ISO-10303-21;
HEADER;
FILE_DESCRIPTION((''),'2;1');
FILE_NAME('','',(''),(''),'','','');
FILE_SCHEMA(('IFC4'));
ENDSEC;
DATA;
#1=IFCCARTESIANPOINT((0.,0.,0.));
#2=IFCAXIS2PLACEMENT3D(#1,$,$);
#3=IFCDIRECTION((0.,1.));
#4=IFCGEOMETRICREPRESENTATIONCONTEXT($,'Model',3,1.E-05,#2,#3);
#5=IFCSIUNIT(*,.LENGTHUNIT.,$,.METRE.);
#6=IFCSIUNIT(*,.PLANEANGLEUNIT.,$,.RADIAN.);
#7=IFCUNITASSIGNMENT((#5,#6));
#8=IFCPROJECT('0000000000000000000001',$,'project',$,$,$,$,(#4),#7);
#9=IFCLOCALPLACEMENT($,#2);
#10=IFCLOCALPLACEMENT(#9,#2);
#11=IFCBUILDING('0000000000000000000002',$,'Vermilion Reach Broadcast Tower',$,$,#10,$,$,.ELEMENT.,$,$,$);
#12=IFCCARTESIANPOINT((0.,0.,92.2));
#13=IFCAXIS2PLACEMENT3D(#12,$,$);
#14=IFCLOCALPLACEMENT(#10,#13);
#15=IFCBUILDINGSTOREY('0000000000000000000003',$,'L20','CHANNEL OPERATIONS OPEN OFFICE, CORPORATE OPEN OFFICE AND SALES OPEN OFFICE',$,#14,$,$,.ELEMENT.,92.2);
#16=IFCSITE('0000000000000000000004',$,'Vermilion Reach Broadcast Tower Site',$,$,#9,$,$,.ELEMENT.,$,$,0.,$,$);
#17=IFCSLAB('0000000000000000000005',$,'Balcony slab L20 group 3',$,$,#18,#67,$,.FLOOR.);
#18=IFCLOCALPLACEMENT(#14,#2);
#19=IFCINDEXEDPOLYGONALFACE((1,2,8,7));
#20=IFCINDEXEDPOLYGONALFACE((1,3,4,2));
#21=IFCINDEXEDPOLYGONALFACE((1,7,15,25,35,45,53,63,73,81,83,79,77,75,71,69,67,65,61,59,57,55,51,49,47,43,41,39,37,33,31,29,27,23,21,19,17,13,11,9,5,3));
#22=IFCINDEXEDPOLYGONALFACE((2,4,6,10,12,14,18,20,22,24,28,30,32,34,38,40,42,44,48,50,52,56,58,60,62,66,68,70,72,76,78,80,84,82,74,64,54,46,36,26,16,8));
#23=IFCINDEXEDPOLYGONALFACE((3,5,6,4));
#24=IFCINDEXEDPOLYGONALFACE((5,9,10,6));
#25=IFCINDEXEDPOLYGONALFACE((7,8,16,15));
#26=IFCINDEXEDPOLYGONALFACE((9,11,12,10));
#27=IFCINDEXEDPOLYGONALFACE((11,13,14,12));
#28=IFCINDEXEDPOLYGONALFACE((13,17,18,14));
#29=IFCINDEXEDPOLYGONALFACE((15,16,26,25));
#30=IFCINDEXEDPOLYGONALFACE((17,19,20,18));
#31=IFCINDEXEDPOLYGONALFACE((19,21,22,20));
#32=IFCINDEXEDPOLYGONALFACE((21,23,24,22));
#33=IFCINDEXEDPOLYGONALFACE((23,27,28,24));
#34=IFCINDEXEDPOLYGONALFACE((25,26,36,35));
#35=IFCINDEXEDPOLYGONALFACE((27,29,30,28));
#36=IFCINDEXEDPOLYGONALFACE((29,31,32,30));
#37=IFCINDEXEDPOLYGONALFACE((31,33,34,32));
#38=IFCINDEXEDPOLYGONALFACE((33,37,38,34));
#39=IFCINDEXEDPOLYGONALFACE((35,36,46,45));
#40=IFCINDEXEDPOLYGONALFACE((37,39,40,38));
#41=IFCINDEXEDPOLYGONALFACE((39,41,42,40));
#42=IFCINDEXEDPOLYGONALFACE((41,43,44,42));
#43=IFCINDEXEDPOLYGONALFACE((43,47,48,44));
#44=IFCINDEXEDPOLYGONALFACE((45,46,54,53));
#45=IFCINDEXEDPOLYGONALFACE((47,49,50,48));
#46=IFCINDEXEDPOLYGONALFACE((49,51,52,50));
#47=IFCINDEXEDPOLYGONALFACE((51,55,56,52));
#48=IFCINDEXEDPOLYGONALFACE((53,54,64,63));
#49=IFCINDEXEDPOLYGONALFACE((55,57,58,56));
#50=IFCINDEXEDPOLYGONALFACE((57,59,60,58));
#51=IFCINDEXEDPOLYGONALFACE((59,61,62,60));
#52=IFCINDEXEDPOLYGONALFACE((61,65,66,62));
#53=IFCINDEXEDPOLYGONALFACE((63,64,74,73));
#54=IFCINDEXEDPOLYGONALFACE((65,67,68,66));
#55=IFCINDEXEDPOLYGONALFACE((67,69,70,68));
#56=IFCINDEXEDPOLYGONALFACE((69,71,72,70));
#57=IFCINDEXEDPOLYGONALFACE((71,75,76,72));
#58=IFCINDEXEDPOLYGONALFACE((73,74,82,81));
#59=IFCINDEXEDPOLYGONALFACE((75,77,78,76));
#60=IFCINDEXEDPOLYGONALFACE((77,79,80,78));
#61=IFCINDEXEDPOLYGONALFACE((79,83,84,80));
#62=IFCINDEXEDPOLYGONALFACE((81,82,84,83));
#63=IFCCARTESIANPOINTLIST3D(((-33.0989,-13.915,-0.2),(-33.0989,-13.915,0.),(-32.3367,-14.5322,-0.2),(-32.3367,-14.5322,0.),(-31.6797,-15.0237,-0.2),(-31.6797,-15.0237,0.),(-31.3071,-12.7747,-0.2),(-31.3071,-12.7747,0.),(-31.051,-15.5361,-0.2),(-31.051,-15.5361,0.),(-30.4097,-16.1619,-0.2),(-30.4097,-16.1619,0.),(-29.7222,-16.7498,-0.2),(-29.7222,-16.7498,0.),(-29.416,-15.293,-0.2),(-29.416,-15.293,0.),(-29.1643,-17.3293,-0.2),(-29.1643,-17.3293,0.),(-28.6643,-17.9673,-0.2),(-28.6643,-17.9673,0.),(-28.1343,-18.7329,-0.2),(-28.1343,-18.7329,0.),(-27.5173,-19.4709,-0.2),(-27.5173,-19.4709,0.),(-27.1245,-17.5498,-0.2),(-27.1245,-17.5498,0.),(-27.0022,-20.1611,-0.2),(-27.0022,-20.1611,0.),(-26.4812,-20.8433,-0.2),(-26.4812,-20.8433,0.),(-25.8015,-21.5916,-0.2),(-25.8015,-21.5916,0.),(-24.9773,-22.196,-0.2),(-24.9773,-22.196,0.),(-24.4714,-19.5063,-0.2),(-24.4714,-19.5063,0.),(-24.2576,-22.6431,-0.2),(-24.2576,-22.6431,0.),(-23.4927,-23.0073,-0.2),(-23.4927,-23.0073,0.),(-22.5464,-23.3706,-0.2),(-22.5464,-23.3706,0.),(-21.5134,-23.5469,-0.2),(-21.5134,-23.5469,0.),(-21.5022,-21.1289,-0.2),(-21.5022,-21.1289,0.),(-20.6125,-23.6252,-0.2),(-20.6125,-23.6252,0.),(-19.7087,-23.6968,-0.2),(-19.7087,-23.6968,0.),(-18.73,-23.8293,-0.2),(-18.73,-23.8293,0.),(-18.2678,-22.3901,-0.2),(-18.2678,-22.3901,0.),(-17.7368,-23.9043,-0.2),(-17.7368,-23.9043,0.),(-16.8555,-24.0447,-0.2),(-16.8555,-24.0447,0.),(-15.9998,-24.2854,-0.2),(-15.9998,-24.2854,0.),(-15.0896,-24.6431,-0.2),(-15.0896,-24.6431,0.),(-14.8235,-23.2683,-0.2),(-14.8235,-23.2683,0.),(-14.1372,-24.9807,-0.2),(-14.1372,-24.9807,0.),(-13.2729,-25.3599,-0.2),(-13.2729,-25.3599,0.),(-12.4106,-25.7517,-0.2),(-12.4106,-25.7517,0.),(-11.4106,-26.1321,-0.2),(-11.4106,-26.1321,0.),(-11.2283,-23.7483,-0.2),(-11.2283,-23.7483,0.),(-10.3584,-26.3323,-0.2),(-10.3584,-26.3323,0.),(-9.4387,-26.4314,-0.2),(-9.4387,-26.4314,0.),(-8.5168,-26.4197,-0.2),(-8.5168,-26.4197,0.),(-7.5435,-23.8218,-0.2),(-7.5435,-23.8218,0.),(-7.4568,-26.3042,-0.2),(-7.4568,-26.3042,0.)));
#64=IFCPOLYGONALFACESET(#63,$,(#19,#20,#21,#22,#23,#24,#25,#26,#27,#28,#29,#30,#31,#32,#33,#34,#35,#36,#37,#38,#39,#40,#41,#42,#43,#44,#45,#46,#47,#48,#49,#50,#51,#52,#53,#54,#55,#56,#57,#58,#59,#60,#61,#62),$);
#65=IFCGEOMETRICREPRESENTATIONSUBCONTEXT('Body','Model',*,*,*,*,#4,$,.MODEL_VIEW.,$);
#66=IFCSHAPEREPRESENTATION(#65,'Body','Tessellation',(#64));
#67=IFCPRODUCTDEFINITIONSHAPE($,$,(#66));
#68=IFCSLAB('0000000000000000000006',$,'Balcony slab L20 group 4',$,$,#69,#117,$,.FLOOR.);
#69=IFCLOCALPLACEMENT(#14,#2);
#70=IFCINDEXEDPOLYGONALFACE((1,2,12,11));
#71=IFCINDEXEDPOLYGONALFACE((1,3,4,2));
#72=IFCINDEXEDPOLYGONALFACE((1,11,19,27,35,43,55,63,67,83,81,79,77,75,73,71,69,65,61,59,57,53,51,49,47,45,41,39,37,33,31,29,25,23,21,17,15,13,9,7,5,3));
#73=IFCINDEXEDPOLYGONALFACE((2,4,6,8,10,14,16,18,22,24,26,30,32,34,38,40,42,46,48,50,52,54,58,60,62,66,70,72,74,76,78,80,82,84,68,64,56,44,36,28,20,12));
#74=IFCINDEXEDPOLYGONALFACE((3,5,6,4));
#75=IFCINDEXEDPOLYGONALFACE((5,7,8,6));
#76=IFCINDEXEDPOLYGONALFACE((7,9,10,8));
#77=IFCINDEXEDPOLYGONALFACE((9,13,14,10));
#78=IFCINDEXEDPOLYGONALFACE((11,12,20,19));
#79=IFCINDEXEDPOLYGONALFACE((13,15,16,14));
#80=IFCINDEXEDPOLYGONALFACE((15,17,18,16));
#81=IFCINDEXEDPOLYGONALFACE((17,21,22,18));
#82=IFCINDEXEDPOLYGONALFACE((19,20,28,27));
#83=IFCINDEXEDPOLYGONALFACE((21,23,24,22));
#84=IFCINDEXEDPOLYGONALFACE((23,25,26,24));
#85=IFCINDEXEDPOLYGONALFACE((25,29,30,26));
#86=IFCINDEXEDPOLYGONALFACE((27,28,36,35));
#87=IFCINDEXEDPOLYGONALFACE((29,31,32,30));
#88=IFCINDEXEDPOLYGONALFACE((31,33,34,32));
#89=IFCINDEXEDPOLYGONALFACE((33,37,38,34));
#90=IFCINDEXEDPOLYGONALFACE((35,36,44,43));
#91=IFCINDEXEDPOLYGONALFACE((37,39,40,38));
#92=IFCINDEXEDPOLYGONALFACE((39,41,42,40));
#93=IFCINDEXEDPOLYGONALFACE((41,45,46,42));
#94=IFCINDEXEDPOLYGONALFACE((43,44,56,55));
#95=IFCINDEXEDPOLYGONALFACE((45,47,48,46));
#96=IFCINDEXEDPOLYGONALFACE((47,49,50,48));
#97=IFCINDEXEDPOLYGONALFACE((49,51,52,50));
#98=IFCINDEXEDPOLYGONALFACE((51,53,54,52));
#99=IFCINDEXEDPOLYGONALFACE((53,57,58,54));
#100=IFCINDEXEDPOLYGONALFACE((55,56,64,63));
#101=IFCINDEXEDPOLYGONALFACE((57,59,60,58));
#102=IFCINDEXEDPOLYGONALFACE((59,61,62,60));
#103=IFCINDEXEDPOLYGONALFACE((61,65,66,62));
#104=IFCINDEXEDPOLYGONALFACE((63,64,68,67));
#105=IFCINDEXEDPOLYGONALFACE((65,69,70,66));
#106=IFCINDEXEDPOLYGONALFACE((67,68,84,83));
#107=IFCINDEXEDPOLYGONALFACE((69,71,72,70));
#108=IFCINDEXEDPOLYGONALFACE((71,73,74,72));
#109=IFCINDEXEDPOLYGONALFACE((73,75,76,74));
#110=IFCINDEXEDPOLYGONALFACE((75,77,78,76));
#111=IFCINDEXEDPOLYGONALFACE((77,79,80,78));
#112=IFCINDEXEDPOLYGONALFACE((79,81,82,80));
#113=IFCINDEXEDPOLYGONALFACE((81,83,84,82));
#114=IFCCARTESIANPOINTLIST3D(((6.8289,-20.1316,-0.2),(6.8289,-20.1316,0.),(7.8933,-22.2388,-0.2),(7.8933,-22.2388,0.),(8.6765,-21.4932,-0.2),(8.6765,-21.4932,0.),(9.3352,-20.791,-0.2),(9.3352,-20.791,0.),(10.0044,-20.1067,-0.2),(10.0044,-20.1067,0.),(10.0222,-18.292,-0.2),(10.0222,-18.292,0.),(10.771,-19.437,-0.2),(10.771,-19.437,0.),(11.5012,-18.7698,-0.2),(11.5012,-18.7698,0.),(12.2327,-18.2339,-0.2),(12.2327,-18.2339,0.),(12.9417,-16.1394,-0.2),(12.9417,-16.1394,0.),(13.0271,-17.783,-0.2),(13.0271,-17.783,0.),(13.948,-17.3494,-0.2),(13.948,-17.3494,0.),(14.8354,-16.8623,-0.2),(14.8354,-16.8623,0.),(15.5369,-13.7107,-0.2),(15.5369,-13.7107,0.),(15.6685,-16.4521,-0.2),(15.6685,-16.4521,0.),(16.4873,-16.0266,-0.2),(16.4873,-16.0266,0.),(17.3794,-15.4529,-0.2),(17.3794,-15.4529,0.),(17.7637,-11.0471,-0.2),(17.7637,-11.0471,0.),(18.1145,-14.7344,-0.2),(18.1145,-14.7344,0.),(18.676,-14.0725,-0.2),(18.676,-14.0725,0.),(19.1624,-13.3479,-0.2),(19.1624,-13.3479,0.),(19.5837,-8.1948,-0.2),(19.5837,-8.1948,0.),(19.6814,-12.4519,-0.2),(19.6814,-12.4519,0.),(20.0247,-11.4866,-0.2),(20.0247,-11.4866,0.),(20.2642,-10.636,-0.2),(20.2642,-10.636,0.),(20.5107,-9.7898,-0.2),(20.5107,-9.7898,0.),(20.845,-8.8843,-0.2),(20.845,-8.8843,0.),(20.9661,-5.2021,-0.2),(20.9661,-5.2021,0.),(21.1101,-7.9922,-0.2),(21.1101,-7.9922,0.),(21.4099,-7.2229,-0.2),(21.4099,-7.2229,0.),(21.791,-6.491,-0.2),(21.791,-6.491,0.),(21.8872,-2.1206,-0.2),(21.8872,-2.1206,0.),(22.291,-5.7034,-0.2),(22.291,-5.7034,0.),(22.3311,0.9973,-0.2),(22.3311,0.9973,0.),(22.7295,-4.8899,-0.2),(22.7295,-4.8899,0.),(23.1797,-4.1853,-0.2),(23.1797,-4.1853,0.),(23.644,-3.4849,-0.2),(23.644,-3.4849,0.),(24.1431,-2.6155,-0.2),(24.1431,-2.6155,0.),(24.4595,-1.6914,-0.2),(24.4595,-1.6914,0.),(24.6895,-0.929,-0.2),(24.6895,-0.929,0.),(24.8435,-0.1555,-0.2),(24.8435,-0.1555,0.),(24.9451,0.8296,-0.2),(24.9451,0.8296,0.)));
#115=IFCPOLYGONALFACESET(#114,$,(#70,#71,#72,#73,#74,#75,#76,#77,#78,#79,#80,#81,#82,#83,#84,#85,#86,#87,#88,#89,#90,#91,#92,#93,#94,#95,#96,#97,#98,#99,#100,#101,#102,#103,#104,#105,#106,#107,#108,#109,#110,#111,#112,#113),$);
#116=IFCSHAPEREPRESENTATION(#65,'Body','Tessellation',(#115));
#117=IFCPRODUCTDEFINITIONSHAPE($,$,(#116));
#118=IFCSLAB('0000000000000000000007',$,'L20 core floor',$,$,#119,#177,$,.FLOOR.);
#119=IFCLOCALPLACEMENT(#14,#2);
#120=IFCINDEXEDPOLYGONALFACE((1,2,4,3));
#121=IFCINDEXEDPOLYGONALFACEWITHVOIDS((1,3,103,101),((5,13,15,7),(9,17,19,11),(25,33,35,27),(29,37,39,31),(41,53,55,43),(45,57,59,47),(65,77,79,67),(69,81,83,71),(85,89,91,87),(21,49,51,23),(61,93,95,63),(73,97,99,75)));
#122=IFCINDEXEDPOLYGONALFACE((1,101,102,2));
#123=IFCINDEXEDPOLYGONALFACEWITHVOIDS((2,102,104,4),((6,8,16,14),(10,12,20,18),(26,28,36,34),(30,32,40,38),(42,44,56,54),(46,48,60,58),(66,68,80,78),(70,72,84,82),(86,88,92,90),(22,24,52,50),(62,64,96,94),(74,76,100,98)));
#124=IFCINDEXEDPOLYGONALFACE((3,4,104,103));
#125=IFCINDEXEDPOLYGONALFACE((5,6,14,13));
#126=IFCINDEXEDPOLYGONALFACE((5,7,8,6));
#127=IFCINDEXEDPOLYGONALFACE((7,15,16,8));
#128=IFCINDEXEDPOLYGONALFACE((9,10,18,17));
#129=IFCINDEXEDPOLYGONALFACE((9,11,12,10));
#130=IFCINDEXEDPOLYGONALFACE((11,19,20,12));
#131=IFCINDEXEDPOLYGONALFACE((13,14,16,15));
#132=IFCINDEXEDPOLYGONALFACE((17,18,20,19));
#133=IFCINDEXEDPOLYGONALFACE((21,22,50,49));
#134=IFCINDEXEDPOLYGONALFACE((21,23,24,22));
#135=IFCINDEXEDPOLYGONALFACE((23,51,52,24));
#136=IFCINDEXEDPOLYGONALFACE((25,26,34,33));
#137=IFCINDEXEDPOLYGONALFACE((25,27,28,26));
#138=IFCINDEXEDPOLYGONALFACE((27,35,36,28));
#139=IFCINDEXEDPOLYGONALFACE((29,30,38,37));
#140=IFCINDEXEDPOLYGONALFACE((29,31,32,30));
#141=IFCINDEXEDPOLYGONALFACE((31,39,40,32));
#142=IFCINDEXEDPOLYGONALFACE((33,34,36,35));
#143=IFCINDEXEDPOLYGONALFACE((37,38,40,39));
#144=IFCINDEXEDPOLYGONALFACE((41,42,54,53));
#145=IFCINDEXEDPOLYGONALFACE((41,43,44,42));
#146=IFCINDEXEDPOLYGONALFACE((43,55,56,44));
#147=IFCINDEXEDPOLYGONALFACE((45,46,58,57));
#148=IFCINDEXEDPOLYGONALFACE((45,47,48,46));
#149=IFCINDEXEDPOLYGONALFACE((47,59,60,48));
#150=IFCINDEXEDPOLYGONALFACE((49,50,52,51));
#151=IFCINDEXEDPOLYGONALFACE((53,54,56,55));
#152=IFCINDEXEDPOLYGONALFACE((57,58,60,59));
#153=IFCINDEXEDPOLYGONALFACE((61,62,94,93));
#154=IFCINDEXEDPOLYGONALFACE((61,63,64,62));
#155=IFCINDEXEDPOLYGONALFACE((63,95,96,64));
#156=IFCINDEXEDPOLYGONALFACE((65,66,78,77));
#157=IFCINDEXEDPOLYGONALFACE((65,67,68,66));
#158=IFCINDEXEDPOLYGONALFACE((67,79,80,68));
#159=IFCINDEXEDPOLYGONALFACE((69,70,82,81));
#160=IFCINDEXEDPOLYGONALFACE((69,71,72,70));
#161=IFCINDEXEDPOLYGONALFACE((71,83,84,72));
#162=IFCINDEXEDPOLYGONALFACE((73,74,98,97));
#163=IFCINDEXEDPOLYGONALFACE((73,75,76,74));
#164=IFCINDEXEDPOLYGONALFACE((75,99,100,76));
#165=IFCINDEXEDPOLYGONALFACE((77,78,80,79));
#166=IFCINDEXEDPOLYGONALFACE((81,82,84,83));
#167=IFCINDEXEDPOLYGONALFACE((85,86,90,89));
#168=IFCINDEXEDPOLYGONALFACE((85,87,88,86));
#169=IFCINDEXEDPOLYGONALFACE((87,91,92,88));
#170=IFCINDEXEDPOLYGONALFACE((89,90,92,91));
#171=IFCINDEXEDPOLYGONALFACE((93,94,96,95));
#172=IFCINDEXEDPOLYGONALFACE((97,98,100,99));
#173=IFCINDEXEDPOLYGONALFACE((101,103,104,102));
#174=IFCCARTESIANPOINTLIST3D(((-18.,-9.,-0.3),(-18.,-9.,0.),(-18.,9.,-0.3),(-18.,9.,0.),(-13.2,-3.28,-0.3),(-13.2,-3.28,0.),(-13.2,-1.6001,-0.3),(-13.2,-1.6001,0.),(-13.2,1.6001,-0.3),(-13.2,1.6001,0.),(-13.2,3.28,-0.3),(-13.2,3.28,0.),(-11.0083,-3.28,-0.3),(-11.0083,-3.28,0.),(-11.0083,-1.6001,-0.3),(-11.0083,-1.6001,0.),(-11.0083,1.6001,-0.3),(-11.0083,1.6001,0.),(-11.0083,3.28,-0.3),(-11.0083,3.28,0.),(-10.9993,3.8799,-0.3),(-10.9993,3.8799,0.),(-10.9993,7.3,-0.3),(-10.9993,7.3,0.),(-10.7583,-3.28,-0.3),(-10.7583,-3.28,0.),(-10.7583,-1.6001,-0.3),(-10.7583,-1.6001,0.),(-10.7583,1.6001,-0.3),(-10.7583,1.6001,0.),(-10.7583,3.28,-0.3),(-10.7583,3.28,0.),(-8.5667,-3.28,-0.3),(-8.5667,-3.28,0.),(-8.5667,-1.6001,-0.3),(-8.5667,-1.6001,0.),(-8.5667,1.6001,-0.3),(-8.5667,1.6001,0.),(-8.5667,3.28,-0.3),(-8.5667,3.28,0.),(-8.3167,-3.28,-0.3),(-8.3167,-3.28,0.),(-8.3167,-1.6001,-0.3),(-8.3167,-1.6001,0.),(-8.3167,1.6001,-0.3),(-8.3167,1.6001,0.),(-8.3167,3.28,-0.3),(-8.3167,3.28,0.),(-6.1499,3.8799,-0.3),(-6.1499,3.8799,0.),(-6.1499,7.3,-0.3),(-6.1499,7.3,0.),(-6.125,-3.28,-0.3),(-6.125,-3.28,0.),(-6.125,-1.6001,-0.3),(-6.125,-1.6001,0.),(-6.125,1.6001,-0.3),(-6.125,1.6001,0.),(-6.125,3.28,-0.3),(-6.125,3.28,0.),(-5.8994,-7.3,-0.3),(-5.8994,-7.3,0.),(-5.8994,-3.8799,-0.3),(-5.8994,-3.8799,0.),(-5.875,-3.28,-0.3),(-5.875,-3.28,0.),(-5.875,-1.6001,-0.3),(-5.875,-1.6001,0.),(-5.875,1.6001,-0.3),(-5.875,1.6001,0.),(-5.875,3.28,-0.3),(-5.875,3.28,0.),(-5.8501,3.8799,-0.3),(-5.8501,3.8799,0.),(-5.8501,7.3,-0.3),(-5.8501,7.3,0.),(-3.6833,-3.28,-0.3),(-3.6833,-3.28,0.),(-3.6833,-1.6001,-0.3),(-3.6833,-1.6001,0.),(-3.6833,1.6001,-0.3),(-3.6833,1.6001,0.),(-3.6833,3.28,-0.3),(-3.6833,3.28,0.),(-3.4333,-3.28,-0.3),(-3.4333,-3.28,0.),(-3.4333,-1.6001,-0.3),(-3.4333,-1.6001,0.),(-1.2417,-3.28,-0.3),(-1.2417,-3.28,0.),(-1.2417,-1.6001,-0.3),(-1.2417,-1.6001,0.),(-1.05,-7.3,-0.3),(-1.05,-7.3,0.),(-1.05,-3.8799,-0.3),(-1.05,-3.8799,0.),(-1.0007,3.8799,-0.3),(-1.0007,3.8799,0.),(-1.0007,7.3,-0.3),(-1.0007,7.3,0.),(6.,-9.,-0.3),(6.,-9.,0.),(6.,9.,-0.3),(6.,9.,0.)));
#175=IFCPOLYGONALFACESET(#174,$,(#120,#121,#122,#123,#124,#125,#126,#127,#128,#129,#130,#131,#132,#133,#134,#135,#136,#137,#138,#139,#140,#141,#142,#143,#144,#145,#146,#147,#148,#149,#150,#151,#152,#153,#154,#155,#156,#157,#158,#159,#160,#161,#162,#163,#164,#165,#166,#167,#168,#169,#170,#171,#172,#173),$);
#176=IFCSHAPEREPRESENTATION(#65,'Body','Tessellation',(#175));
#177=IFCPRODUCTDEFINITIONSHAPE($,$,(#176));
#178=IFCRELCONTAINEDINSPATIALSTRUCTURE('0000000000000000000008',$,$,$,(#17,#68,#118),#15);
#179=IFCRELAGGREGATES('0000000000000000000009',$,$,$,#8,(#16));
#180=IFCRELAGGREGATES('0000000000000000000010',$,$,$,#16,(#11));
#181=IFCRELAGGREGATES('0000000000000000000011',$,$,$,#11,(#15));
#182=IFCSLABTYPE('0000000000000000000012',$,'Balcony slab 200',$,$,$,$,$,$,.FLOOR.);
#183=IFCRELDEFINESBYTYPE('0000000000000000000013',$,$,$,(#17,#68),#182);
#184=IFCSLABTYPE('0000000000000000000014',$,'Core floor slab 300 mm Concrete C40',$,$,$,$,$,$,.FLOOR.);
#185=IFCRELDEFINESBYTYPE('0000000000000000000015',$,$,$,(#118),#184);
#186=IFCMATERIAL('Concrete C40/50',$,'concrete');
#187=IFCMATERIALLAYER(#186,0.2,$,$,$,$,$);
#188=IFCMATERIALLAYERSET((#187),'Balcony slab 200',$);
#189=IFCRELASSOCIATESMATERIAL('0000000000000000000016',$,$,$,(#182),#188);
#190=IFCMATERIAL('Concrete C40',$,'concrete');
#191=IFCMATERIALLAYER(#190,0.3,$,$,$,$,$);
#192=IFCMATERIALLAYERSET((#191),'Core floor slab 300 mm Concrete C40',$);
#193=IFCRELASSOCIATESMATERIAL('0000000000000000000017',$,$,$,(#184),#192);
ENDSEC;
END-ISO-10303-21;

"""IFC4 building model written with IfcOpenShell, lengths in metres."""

from ifc_helpers import new_model, si_unit, direction, frame, origin, place, context, subcontext, project, spatial, polyline, outline, extrude, material, layer, layer_set, type_object, element, save


model = new_model("IFC4")

# Units and contexts
model_context = context("Model", 3, precision=1e-05, world=origin(), true_north=direction((0.0, 1.0)))
body_context = subcontext(model_context, "Body", "Model", "MODEL_VIEW")
ifc_project = project(units=[si_unit("LENGTHUNIT", "METRE"), si_unit("PLANEANGLEUNIT", "RADIAN")], contexts=[model_context])

# Site, building, storey
site_placement = place(None, origin())
site = spatial("IfcSite", under=ifc_project, at=site_placement, Name="Vermilion Reach Broadcast Tower Site", CompositionType="ELEMENT", RefElevation=0.0)
building_placement = place(site_placement, origin())
building = spatial("IfcBuilding", under=site, at=building_placement, Name="Vermilion Reach Broadcast Tower", CompositionType="ELEMENT")
storey_placement = place(building_placement, frame((0.0, 0.0, 92.2)))
storey = spatial("IfcBuildingStorey", under=building, at=storey_placement, Name="L20", Description="CHANNEL OPERATIONS OPEN OFFICE, CORPORATE OPEN OFFICE AND SALES OPEN OFFICE", CompositionType="ELEMENT", Elevation=92.2)

# Slabs
ifc_material_1 = material(Name="Concrete C40/50", Category="concrete")
ifc_layer_1 = layer(ifc_material_1, 0.2)
ifc_layer_set_1 = layer_set([ifc_layer_1], Name="Balcony slab 200")
slab_type_1 = type_object("IfcSlabType", Name="Balcony slab 200", PredefinedType="FLOOR", material=ifc_layer_set_1)
placement_1 = place(storey_placement, frame((0.0, 0.0, -0.2)))
element("IfcSlab", 1, at=placement_1, inside=storey, type_object=slab_type_1, Name="Balcony slab L20 group 3", PredefinedType="FLOOR", context=body_context, shape_type="SweptSolid", body=[
    extrude(outline(polyline([(-31.3071, -12.7747), (-29.416, -15.293), (-27.1245, -17.5498), (-24.4714, -19.5063), (-21.5022, -21.1289), (-18.2678, -22.3901), (-14.8235, -23.2683), (-11.2283, -23.7483), (-7.5435, -23.8218), (-7.4568, -26.3042), (-8.5168, -26.4197), (-9.4387, -26.4314), (-10.3584, -26.3323), (-11.4106, -26.1321), (-12.4106, -25.7517), (-13.2729, -25.3599), (-14.1372, -24.9807), (-15.0896, -24.6431), (-15.9998, -24.2854), (-16.8555, -24.0447), (-17.7368, -23.9043), (-18.73, -23.8293), (-19.7087, -23.6968), (-20.6125, -23.6252), (-21.5134, -23.5469), (-22.5464, -23.3706), (-23.4927, -23.0073), (-24.2576, -22.6431), (-24.9773, -22.196), (-25.8015, -21.5916), (-26.4812, -20.8433), (-27.0022, -20.1611), (-27.5173, -19.4709), (-28.1343, -18.7329), (-28.6643, -17.9673), (-29.1643, -17.3293), (-29.7222, -16.7498), (-30.4097, -16.1619), (-31.051, -15.5361), (-31.6797, -15.0237), (-32.3367, -14.5322), (-33.0989, -13.915), (-31.3071, -12.7747)])), origin(), (0.0, 0.0, 1.0), 0.2),
])
element("IfcSlab", 2, at=placement_1, inside=storey, type_object=slab_type_1, Name="Balcony slab L20 group 4", PredefinedType="FLOOR", context=body_context, shape_type="SweptSolid", body=[
    extrude(outline(polyline([(6.8289, -20.1316), (10.0222, -18.292), (12.9417, -16.1394), (15.5369, -13.7107), (17.7637, -11.0471), (19.5837, -8.1948), (20.9661, -5.2021), (21.8872, -2.1206), (22.3311, 0.9973), (24.9451, 0.8296), (24.8435, -0.1555), (24.6895, -0.929), (24.4595, -1.6914), (24.1431, -2.6155), (23.644, -3.4849), (23.1797, -4.1853), (22.7295, -4.8899), (22.291, -5.7034), (21.791, -6.491), (21.4099, -7.2229), (21.1101, -7.9922), (20.845, -8.8843), (20.5107, -9.7898), (20.2642, -10.636), (20.0247, -11.4866), (19.6814, -12.4519), (19.1624, -13.3479), (18.676, -14.0725), (18.1145, -14.7344), (17.3794, -15.4529), (16.4873, -16.0266), (15.6685, -16.4521), (14.8354, -16.8623), (13.948, -17.3494), (13.0271, -17.783), (12.2327, -18.2339), (11.5012, -18.7698), (10.771, -19.437), (10.0044, -20.1067), (9.3352, -20.791), (8.6765, -21.4932), (7.8933, -22.2388), (6.8289, -20.1316)])), origin(), (0.0, 0.0, 1.0), 0.2),
])
ifc_material_2 = material(Name="Concrete C40", Category="concrete")
ifc_layer_2 = layer(ifc_material_2, 0.3)
ifc_layer_set_2 = layer_set([ifc_layer_2], Name="Core floor slab 300 mm Concrete C40")
slab_type_2 = type_object("IfcSlabType", Name="Core floor slab 300 mm Concrete C40", PredefinedType="FLOOR", material=ifc_layer_set_2)
slab_1_placement = place(storey_placement, frame((0.0, 0.0, -0.3)))
element("IfcSlab", 3, at=slab_1_placement, inside=storey, type_object=slab_type_2, Name="L20 core floor", PredefinedType="FLOOR", context=body_context, shape_type="SweptSolid", body=[
    extrude(outline(polyline([(-18.0, -9.0), (6.0, -9.0), (6.0, 9.0), (-18.0, 9.0), (-18.0, -9.0)]), holes=[polyline([(-13.2, 1.6001), (-11.0083, 1.6001), (-11.0083, 3.28), (-13.2, 3.28), (-13.2, 1.6001)]), polyline([(-10.7583, 1.6001), (-8.5667, 1.6001), (-8.5667, 3.28), (-10.7583, 3.28), (-10.7583, 1.6001)]), polyline([(-8.3167, 1.6001), (-6.125, 1.6001), (-6.125, 3.28), (-8.3167, 3.28), (-8.3167, 1.6001)]), polyline([(-5.875, 1.6001), (-3.6833, 1.6001), (-3.6833, 3.28), (-5.875, 3.28), (-5.875, 1.6001)]), polyline([(-13.2, -3.28), (-11.0083, -3.28), (-11.0083, -1.6001), (-13.2, -1.6001), (-13.2, -3.28)]), polyline([(-10.7583, -3.28), (-8.5667, -3.28), (-8.5667, -1.6001), (-10.7583, -1.6001), (-10.7583, -3.28)]), polyline([(-8.3167, -3.28), (-6.125, -3.28), (-6.125, -1.6001), (-8.3167, -1.6001), (-8.3167, -3.28)]), polyline([(-5.875, -3.28), (-3.6833, -3.28), (-3.6833, -1.6001), (-5.875, -1.6001), (-5.875, -3.28)]), polyline([(-3.4333, -3.28), (-1.2417, -3.28), (-1.2417, -1.6001), (-3.4333, -1.6001), (-3.4333, -3.28)]), polyline([(-10.9993, 3.8799), (-6.1499, 3.8799), (-6.1499, 7.3), (-10.9993, 7.3), (-10.9993, 3.8799)]), polyline([(-1.0007, 7.3), (-5.8501, 7.3), (-5.8501, 3.8799), (-1.0007, 3.8799), (-1.0007, 7.3)]), polyline([(-5.8994, -7.3), (-1.05, -7.3), (-1.05, -3.8799), (-5.8994, -3.8799), (-5.8994, -7.3)])]), origin(), (0.0, 0.0, 1.0), 0.3),
])

save(model, "model.ifc")
